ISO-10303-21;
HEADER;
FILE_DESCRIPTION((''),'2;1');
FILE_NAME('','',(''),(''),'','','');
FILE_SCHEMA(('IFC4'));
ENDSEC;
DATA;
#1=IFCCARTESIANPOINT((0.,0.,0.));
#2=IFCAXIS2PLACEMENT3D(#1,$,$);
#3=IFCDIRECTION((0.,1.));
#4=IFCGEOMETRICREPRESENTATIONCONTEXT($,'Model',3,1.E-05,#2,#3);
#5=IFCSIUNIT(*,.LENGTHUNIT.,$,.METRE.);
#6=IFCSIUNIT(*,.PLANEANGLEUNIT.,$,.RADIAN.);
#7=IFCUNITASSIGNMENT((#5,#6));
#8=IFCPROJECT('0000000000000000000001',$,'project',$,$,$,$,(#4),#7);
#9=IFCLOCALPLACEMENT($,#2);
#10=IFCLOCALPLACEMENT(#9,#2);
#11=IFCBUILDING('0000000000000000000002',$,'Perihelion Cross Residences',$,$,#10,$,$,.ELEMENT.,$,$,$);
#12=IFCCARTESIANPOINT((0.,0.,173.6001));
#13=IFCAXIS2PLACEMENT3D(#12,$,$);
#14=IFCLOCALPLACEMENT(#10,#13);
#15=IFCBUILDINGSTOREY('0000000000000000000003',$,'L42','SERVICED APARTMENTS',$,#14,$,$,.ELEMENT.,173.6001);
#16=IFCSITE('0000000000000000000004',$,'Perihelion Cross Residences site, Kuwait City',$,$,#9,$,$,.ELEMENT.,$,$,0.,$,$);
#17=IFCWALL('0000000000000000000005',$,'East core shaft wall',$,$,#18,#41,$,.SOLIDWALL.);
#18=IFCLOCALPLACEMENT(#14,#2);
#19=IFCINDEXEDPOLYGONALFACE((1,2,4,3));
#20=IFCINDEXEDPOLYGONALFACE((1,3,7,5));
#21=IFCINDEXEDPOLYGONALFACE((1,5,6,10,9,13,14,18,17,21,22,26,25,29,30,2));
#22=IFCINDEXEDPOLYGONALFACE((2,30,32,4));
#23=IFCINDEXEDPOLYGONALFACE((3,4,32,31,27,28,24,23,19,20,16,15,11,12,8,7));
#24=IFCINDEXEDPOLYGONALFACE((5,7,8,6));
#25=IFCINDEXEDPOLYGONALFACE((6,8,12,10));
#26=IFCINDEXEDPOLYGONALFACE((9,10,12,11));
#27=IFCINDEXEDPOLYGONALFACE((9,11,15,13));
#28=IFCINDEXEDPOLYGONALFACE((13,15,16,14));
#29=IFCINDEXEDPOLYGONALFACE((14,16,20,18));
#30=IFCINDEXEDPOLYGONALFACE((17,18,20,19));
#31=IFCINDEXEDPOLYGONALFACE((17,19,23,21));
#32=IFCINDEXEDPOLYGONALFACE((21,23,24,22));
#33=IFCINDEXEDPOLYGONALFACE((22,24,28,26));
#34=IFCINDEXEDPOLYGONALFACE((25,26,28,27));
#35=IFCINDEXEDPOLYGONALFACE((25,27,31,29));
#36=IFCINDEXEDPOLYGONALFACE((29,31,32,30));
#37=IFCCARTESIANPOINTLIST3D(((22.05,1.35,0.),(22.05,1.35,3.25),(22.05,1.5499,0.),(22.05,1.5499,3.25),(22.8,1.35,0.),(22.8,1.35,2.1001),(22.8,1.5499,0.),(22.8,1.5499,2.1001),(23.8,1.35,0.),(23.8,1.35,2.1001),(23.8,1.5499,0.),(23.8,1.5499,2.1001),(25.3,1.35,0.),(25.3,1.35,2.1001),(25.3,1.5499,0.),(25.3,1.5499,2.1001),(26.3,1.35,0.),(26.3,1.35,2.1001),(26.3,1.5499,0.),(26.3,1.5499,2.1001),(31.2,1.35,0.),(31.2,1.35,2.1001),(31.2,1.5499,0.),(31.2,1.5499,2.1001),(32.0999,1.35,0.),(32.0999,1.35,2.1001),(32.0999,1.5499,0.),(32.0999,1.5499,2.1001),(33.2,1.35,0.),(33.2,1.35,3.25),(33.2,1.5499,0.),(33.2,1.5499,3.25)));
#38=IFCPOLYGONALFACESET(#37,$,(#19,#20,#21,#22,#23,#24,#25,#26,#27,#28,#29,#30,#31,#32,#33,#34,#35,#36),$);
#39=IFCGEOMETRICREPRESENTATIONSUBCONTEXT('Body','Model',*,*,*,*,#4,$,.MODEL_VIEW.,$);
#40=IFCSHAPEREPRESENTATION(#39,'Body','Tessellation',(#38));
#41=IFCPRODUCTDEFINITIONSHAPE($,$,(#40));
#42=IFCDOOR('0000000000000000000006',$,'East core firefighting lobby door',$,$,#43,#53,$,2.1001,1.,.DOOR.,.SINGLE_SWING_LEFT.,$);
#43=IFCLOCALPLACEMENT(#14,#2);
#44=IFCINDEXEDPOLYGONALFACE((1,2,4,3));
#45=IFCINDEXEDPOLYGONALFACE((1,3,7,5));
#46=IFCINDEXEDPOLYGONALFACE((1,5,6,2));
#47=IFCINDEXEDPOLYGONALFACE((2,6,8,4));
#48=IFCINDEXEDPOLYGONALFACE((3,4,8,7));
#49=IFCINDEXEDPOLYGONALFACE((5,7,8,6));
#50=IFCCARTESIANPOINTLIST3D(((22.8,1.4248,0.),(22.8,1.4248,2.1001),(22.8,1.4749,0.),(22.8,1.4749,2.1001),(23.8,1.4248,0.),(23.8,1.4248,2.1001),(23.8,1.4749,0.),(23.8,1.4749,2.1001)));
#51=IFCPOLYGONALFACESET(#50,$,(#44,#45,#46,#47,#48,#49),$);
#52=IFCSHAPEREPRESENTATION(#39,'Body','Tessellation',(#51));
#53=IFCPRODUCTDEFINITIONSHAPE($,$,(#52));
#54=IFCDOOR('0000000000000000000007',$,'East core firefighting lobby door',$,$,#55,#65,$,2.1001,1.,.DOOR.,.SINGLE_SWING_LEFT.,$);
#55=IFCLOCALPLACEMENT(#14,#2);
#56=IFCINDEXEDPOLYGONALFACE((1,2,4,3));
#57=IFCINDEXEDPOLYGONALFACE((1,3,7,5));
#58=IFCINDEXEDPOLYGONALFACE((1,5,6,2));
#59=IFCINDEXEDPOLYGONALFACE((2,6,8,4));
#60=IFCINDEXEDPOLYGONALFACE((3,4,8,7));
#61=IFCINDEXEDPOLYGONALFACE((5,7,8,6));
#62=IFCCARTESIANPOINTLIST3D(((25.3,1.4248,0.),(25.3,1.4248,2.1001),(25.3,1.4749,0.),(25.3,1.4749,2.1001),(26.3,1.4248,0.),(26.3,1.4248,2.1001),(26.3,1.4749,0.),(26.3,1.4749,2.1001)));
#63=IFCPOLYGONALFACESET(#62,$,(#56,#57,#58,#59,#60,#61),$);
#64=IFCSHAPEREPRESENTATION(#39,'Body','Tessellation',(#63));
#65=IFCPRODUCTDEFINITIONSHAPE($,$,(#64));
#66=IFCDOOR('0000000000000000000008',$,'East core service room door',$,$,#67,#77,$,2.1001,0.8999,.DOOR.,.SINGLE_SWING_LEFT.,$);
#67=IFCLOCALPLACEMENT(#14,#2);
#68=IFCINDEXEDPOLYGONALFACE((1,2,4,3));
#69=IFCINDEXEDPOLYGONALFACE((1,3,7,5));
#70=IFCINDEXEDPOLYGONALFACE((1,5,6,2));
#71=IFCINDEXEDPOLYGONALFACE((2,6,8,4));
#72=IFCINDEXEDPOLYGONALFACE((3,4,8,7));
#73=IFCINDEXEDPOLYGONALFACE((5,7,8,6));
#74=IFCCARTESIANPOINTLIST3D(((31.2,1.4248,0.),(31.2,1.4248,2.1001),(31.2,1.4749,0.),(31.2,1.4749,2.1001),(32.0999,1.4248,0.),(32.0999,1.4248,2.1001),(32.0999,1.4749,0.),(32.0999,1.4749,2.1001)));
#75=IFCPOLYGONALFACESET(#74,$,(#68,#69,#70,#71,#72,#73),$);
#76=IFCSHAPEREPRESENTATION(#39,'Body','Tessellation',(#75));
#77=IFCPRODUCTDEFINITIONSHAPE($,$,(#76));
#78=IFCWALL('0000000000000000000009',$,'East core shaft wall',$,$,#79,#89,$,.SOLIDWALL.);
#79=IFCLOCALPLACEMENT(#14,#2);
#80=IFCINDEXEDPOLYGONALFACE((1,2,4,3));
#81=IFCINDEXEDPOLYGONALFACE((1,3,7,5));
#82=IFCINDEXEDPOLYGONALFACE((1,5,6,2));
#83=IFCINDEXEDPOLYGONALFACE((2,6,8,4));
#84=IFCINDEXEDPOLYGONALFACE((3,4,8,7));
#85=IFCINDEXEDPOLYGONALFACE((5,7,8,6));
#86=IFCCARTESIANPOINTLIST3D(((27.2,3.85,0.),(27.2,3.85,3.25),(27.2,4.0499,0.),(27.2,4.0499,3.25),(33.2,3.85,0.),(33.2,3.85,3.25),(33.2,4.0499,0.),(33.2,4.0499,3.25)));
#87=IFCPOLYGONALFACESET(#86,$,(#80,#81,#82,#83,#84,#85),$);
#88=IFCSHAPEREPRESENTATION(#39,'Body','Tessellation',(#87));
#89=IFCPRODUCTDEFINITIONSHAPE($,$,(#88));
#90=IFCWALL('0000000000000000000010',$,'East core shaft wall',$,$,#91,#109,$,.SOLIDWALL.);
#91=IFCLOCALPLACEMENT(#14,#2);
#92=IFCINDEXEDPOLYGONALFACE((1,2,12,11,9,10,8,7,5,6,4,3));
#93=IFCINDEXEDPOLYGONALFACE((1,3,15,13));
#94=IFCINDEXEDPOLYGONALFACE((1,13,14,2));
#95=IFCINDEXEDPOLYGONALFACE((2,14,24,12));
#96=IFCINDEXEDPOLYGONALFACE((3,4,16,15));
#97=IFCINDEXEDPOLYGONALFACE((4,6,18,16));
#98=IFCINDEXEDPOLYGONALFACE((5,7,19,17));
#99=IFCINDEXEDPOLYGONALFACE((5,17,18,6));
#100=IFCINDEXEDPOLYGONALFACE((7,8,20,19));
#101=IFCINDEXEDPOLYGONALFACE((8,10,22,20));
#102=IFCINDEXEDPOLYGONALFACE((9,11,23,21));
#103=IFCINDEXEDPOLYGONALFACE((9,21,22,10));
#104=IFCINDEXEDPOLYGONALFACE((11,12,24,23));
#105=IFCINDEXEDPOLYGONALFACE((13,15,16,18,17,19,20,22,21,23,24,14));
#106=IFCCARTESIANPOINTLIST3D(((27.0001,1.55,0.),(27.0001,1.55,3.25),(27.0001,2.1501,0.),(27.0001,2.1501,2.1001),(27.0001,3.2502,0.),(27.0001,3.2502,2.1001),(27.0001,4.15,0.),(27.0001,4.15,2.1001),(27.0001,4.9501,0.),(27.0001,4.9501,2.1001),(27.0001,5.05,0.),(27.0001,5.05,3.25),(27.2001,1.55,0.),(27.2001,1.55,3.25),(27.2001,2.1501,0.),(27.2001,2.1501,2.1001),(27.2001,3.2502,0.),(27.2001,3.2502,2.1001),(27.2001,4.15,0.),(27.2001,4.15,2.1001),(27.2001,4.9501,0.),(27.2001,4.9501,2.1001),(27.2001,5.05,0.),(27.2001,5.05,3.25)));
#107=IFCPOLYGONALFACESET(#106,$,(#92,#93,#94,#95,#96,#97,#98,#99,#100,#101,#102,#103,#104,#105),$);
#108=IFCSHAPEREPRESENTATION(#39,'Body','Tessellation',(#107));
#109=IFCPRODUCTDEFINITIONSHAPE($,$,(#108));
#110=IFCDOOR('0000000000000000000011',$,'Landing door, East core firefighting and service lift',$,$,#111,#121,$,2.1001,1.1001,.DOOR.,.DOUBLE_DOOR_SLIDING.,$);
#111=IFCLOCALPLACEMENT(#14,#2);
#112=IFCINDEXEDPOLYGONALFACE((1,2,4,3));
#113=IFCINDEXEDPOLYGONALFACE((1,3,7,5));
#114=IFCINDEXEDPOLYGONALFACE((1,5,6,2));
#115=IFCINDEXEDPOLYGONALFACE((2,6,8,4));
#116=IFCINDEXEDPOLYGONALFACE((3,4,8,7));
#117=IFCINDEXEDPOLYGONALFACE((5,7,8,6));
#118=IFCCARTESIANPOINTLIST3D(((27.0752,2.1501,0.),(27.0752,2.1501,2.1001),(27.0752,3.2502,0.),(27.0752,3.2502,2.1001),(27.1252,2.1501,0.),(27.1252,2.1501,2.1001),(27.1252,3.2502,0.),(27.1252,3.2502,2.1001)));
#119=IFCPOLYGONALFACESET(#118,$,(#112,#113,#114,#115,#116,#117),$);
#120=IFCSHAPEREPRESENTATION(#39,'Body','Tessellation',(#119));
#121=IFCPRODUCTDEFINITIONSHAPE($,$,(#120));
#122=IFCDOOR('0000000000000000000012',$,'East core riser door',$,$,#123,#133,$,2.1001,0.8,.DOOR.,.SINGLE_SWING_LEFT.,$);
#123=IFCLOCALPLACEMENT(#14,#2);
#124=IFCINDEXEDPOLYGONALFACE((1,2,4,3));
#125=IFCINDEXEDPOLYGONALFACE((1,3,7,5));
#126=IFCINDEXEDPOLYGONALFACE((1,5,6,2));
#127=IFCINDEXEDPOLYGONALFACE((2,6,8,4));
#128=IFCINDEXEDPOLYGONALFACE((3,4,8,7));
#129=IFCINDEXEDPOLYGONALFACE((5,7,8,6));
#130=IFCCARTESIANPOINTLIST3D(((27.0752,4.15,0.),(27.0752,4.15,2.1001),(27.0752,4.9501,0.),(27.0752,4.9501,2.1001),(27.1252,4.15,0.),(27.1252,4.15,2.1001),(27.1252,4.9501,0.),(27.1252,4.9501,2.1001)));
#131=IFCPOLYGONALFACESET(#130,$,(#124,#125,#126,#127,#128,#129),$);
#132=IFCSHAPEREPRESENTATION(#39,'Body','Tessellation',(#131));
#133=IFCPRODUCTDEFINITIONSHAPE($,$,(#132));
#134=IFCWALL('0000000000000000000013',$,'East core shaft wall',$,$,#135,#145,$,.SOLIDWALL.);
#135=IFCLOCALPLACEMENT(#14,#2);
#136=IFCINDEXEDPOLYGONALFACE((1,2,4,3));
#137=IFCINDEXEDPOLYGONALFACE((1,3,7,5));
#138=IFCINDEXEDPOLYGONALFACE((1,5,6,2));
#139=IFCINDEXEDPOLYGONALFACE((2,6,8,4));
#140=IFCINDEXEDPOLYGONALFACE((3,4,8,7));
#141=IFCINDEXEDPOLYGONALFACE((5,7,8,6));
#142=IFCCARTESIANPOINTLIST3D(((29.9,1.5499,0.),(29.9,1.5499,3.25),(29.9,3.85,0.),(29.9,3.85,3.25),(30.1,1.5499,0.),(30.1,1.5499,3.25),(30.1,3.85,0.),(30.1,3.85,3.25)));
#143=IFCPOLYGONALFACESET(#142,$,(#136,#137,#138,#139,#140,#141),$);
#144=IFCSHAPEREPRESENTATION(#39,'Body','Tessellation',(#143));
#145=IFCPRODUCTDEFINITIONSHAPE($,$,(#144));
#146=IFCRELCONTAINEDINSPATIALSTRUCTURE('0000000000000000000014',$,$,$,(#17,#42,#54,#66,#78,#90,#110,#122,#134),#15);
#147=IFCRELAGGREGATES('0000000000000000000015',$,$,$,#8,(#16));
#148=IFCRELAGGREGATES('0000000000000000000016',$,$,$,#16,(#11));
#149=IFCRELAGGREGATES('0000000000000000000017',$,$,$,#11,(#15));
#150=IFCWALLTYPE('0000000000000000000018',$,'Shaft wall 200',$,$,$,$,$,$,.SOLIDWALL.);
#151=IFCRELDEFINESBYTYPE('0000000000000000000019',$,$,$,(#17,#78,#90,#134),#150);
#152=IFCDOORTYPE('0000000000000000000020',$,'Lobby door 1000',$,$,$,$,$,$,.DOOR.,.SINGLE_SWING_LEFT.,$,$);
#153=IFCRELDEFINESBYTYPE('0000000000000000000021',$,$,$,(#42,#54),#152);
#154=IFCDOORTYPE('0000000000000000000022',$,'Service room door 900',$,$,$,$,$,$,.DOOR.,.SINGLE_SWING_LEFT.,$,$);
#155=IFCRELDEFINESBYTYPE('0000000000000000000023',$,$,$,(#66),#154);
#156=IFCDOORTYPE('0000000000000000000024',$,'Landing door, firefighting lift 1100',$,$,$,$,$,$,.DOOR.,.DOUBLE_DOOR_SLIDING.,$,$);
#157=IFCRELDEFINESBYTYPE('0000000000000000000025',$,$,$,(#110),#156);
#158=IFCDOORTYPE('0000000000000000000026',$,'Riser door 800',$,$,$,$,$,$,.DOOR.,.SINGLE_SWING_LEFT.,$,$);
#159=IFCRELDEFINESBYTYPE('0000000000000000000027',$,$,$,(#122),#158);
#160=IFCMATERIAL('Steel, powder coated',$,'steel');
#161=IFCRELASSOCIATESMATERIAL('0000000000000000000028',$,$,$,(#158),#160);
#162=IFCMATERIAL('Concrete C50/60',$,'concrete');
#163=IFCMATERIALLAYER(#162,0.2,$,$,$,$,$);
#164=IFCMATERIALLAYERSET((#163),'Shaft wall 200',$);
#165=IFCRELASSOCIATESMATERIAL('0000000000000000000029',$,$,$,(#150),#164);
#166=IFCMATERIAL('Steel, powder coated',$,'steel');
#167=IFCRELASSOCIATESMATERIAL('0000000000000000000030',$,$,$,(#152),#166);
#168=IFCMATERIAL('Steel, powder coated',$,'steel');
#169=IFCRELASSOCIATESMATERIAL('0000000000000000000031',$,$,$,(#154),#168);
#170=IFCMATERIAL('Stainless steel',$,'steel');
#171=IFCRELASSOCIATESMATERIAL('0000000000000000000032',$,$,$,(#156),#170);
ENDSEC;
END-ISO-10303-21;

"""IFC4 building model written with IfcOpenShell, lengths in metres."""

from ifc_helpers import new_model, si_unit, direction, frame, frame_2d, origin, place, context, subcontext, project, spatial, rectangle, extrude, material, layer, layer_set, type_object, element, fill, save


model = new_model("IFC4")

# Units and contexts
model_context = context("Model", 3, precision=1e-05, world=origin(), true_north=direction((0.0, 1.0)))
body_context = subcontext(model_context, "Body", "Model", "MODEL_VIEW")
ifc_project = project(units=[si_unit("LENGTHUNIT", "METRE"), si_unit("PLANEANGLEUNIT", "RADIAN")], contexts=[model_context])

# Site, building, storey
site_placement = place(None, origin())
site = spatial("IfcSite", under=ifc_project, at=site_placement, Name="Perihelion Cross Residences site, Kuwait City", CompositionType="ELEMENT", RefElevation=0.0)
building_placement = place(site_placement, origin())
building = spatial("IfcBuilding", under=site, at=building_placement, Name="Perihelion Cross Residences", CompositionType="ELEMENT")
storey_placement = place(building_placement, frame((0.0, 0.0, 173.6001)))
storey = spatial("IfcBuildingStorey", under=building, at=storey_placement, Name="L42", Description="SERVICED APARTMENTS", CompositionType="ELEMENT", Elevation=173.6001)

# Shared definitions
ifc_material_1 = material(Name="Steel, powder coated", Category="steel")
door_type_1 = type_object("IfcDoorType", Name="Riser door 800", OperationType="SINGLE_SWING_LEFT", PredefinedType="DOOR", material=ifc_material_1)

# Wall, openings, doors
ifc_material_2 = material(Name="Concrete C50/60", Category="concrete")
ifc_layer_1 = layer(ifc_material_2, 0.2)
ifc_layer_set_1 = layer_set([ifc_layer_1], Name="Shaft wall 200")
wall_type_1 = type_object("IfcWallType", Name="Shaft wall 200", PredefinedType="SOLIDWALL", material=ifc_layer_set_1)
wall_1_placement = place(storey_placement, frame((22.05, 1.45, 0.0), z_axis=(0.0, 0.0, 1.0), x_axis=(1.0, 0.0, 0.0)))
wall_1 = element("IfcWall", 1, at=wall_1_placement, inside=storey, type_object=wall_type_1, Name="East core shaft wall", PredefinedType="SOLIDWALL", context=body_context, shape_type="SweptSolid", body=[
    extrude(rectangle(XDim=11.1499, YDim=0.2, at=frame_2d((5.575, 0.0))), origin(), (0.0, 0.0, 1.0), 3.25),
])
opening_1_placement = place(wall_1_placement, frame((0.75, 0.0, 0.0)))
opening_1 = element("IfcOpeningElement", 2, at=opening_1_placement, cuts=wall_1, PredefinedType="OPENING", context=body_context, shape_type="SweptSolid", body=[
    extrude(rectangle(XDim=1.0, YDim=2.1001, at=frame_2d((0.5, 1.05))), frame((0.0, 0.1099, 0.0), z_axis=(0.0, -1.0, 0.0), x_axis=(1.0, 0.0, 0.0)), (0.0, 0.0, 1.0), 0.22),
])
opening_2_placement = place(wall_1_placement, frame((3.25, 0.0, 0.0)))
opening_2 = element("IfcOpeningElement", 3, at=opening_2_placement, cuts=wall_1, PredefinedType="OPENING", context=body_context, shape_type="SweptSolid", body=[
    extrude(rectangle(XDim=1.0, YDim=2.1001, at=frame_2d((0.5, 1.05))), frame((0.0, 0.1099, 0.0), z_axis=(0.0, -1.0, 0.0), x_axis=(1.0, 0.0, 0.0)), (0.0, 0.0, 1.0), 0.22),
])
opening_3_placement = place(wall_1_placement, frame((9.1499, 0.0, 0.0)))
opening_3 = element("IfcOpeningElement", 4, at=opening_3_placement, cuts=wall_1, PredefinedType="OPENING", context=body_context, shape_type="SweptSolid", body=[
    extrude(rectangle(XDim=0.8999, YDim=2.1001, at=frame_2d((0.45, 1.05))), frame((0.0, 0.1099, 0.0), z_axis=(0.0, -1.0, 0.0), x_axis=(1.0, 0.0, 0.0)), (0.0, 0.0, 1.0), 0.22),
])
ifc_material_3 = material(Name="Steel, powder coated", Category="steel")
door_type_2 = type_object("IfcDoorType", Name="Lobby door 1000", OperationType="SINGLE_SWING_LEFT", PredefinedType="DOOR", material=ifc_material_3)
door_1_placement = place(opening_1_placement, origin())
door_1 = element("IfcDoor", 5, at=door_1_placement, inside=storey, type_object=door_type_2, Name="East core firefighting lobby door", OperationType="SINGLE_SWING_LEFT", OverallHeight=2.1001, OverallWidth=1.0, PredefinedType="DOOR", context=body_context, shape_type="SweptSolid", body=[
    extrude(rectangle(XDim=1.0, YDim=2.1001, at=frame_2d((0.5, 1.05))), frame((0.0, 0.0249, 0.0), z_axis=(0.0, -1.0, 0.0), x_axis=(1.0, 0.0, 0.0)), (0.0, 0.0, 1.0), 0.05),
])
fill(opening_1, door_1)
door_2_placement = place(opening_2_placement, origin())
door_2 = element("IfcDoor", 6, at=door_2_placement, inside=storey, type_object=door_type_2, Name="East core firefighting lobby door", OperationType="SINGLE_SWING_LEFT", OverallHeight=2.1001, OverallWidth=1.0, PredefinedType="DOOR", context=body_context, shape_type="SweptSolid", body=[
    extrude(rectangle(XDim=1.0, YDim=2.1001, at=frame_2d((0.5, 1.05))), frame((0.0, 0.0249, 0.0), z_axis=(0.0, -1.0, 0.0), x_axis=(1.0, 0.0, 0.0)), (0.0, 0.0, 1.0), 0.05),
])
fill(opening_2, door_2)
ifc_material_4 = material(Name="Steel, powder coated", Category="steel")
door_type_3 = type_object("IfcDoorType", Name="Service room door 900", OperationType="SINGLE_SWING_LEFT", PredefinedType="DOOR", material=ifc_material_4)
door_3_placement = place(opening_3_placement, origin())
door_3 = element("IfcDoor", 7, at=door_3_placement, inside=storey, type_object=door_type_3, Name="East core service room door", OperationType="SINGLE_SWING_LEFT", OverallHeight=2.1001, OverallWidth=0.8999, PredefinedType="DOOR", context=body_context, shape_type="SweptSolid", body=[
    extrude(rectangle(XDim=0.8999, YDim=2.1001, at=frame_2d((0.45, 1.05))), frame((0.0, 0.0249, 0.0), z_axis=(0.0, -1.0, 0.0), x_axis=(1.0, 0.0, 0.0)), (0.0, 0.0, 1.0), 0.05),
])
fill(opening_3, door_3)

# Wall
wall_2_placement = place(storey_placement, frame((27.2, 3.95, 0.0), z_axis=(0.0, 0.0, 1.0), x_axis=(1.0, 0.0, 0.0)))
element("IfcWall", 8, at=wall_2_placement, inside=storey, type_object=wall_type_1, Name="East core shaft wall", PredefinedType="SOLIDWALL", context=body_context, shape_type="SweptSolid", body=[
    extrude(rectangle(XDim=6.0, YDim=0.2, at=frame_2d((3.0, 0.0))), origin(), (0.0, 0.0, 1.0), 3.25),
])

# Wall, openings, doors
wall_3_placement = place(storey_placement, frame((27.1001, 1.55, 0.0), z_axis=(0.0, 0.0, 1.0), x_axis=(0.0, 1.0, 0.0)))
wall_3 = element("IfcWall", 9, at=wall_3_placement, inside=storey, type_object=wall_type_1, Name="East core shaft wall", PredefinedType="SOLIDWALL", context=body_context, shape_type="SweptSolid", body=[
    extrude(rectangle(XDim=3.5, YDim=0.2, at=frame_2d((1.75, 0.0))), origin(), (0.0, 0.0, 1.0), 3.25),
])
opening_4_placement = place(wall_3_placement, frame((0.6001, 0.0, 0.0)))
opening_4 = element("IfcOpeningElement", 10, at=opening_4_placement, cuts=wall_3, PredefinedType="OPENING", context=body_context, shape_type="SweptSolid", body=[
    extrude(rectangle(XDim=1.1001, YDim=2.1001, at=frame_2d((0.55, 1.05))), frame((0.0, 0.1099, 0.0), z_axis=(0.0, -1.0, 0.0), x_axis=(1.0, 0.0, 0.0)), (0.0, 0.0, 1.0), 0.22),
])
opening_5_placement = place(wall_3_placement, frame((2.6001, 0.0, 0.0)))
opening_5 = element("IfcOpeningElement", 11, at=opening_5_placement, cuts=wall_3, PredefinedType="OPENING", context=body_context, shape_type="SweptSolid", body=[
    extrude(rectangle(XDim=0.8, YDim=2.1001, at=frame_2d((0.3999, 1.05))), frame((0.0, 0.1099, 0.0), z_axis=(0.0, -1.0, 0.0), x_axis=(1.0, 0.0, 0.0)), (0.0, 0.0, 1.0), 0.22),
])
ifc_material_5 = material(Name="Stainless steel", Category="steel")
door_type_4 = type_object("IfcDoorType", Name="Landing door, firefighting lift 1100", OperationType="DOUBLE_DOOR_SLIDING", PredefinedType="DOOR", material=ifc_material_5)
door_4_placement = place(opening_4_placement, origin())
door_4 = element("IfcDoor", 12, at=door_4_placement, inside=storey, type_object=door_type_4, Name="Landing door, East core firefighting and service lift", OperationType="DOUBLE_DOOR_SLIDING", OverallHeight=2.1001, OverallWidth=1.1001, PredefinedType="DOOR", context=body_context, shape_type="SweptSolid", body=[
    extrude(rectangle(XDim=1.1001, YDim=2.1001, at=frame_2d((0.55, 1.05))), frame((0.0, 0.0249, 0.0), z_axis=(0.0, -1.0, 0.0), x_axis=(1.0, 0.0, 0.0)), (0.0, 0.0, 1.0), 0.05),
])
fill(opening_4, door_4)
door_5_placement = place(opening_5_placement, origin())
door_5 = element("IfcDoor", 13, at=door_5_placement, inside=storey, type_object=door_type_1, Name="East core riser door", OperationType="SINGLE_SWING_LEFT", OverallHeight=2.1001, OverallWidth=0.8, PredefinedType="DOOR", context=body_context, shape_type="SweptSolid", body=[
    extrude(rectangle(XDim=0.8, YDim=2.1001, at=frame_2d((0.3999, 1.05))), frame((0.0, 0.0249, 0.0), z_axis=(0.0, -1.0, 0.0), x_axis=(1.0, 0.0, 0.0)), (0.0, 0.0, 1.0), 0.05),
])
fill(opening_5, door_5)

# Wall
wall_4_placement = place(storey_placement, frame((30.0, 1.55, 0.0), z_axis=(0.0, 0.0, 1.0), x_axis=(0.0, 1.0, 0.0)))
element("IfcWall", 14, at=wall_4_placement, inside=storey, type_object=wall_type_1, Name="East core shaft wall", PredefinedType="SOLIDWALL", context=body_context, shape_type="SweptSolid", body=[
    extrude(rectangle(XDim=2.3, YDim=0.2, at=frame_2d((1.1499, 0.0))), origin(), (0.0, 0.0, 1.0), 3.25),
])

save(model, "model.ifc")
